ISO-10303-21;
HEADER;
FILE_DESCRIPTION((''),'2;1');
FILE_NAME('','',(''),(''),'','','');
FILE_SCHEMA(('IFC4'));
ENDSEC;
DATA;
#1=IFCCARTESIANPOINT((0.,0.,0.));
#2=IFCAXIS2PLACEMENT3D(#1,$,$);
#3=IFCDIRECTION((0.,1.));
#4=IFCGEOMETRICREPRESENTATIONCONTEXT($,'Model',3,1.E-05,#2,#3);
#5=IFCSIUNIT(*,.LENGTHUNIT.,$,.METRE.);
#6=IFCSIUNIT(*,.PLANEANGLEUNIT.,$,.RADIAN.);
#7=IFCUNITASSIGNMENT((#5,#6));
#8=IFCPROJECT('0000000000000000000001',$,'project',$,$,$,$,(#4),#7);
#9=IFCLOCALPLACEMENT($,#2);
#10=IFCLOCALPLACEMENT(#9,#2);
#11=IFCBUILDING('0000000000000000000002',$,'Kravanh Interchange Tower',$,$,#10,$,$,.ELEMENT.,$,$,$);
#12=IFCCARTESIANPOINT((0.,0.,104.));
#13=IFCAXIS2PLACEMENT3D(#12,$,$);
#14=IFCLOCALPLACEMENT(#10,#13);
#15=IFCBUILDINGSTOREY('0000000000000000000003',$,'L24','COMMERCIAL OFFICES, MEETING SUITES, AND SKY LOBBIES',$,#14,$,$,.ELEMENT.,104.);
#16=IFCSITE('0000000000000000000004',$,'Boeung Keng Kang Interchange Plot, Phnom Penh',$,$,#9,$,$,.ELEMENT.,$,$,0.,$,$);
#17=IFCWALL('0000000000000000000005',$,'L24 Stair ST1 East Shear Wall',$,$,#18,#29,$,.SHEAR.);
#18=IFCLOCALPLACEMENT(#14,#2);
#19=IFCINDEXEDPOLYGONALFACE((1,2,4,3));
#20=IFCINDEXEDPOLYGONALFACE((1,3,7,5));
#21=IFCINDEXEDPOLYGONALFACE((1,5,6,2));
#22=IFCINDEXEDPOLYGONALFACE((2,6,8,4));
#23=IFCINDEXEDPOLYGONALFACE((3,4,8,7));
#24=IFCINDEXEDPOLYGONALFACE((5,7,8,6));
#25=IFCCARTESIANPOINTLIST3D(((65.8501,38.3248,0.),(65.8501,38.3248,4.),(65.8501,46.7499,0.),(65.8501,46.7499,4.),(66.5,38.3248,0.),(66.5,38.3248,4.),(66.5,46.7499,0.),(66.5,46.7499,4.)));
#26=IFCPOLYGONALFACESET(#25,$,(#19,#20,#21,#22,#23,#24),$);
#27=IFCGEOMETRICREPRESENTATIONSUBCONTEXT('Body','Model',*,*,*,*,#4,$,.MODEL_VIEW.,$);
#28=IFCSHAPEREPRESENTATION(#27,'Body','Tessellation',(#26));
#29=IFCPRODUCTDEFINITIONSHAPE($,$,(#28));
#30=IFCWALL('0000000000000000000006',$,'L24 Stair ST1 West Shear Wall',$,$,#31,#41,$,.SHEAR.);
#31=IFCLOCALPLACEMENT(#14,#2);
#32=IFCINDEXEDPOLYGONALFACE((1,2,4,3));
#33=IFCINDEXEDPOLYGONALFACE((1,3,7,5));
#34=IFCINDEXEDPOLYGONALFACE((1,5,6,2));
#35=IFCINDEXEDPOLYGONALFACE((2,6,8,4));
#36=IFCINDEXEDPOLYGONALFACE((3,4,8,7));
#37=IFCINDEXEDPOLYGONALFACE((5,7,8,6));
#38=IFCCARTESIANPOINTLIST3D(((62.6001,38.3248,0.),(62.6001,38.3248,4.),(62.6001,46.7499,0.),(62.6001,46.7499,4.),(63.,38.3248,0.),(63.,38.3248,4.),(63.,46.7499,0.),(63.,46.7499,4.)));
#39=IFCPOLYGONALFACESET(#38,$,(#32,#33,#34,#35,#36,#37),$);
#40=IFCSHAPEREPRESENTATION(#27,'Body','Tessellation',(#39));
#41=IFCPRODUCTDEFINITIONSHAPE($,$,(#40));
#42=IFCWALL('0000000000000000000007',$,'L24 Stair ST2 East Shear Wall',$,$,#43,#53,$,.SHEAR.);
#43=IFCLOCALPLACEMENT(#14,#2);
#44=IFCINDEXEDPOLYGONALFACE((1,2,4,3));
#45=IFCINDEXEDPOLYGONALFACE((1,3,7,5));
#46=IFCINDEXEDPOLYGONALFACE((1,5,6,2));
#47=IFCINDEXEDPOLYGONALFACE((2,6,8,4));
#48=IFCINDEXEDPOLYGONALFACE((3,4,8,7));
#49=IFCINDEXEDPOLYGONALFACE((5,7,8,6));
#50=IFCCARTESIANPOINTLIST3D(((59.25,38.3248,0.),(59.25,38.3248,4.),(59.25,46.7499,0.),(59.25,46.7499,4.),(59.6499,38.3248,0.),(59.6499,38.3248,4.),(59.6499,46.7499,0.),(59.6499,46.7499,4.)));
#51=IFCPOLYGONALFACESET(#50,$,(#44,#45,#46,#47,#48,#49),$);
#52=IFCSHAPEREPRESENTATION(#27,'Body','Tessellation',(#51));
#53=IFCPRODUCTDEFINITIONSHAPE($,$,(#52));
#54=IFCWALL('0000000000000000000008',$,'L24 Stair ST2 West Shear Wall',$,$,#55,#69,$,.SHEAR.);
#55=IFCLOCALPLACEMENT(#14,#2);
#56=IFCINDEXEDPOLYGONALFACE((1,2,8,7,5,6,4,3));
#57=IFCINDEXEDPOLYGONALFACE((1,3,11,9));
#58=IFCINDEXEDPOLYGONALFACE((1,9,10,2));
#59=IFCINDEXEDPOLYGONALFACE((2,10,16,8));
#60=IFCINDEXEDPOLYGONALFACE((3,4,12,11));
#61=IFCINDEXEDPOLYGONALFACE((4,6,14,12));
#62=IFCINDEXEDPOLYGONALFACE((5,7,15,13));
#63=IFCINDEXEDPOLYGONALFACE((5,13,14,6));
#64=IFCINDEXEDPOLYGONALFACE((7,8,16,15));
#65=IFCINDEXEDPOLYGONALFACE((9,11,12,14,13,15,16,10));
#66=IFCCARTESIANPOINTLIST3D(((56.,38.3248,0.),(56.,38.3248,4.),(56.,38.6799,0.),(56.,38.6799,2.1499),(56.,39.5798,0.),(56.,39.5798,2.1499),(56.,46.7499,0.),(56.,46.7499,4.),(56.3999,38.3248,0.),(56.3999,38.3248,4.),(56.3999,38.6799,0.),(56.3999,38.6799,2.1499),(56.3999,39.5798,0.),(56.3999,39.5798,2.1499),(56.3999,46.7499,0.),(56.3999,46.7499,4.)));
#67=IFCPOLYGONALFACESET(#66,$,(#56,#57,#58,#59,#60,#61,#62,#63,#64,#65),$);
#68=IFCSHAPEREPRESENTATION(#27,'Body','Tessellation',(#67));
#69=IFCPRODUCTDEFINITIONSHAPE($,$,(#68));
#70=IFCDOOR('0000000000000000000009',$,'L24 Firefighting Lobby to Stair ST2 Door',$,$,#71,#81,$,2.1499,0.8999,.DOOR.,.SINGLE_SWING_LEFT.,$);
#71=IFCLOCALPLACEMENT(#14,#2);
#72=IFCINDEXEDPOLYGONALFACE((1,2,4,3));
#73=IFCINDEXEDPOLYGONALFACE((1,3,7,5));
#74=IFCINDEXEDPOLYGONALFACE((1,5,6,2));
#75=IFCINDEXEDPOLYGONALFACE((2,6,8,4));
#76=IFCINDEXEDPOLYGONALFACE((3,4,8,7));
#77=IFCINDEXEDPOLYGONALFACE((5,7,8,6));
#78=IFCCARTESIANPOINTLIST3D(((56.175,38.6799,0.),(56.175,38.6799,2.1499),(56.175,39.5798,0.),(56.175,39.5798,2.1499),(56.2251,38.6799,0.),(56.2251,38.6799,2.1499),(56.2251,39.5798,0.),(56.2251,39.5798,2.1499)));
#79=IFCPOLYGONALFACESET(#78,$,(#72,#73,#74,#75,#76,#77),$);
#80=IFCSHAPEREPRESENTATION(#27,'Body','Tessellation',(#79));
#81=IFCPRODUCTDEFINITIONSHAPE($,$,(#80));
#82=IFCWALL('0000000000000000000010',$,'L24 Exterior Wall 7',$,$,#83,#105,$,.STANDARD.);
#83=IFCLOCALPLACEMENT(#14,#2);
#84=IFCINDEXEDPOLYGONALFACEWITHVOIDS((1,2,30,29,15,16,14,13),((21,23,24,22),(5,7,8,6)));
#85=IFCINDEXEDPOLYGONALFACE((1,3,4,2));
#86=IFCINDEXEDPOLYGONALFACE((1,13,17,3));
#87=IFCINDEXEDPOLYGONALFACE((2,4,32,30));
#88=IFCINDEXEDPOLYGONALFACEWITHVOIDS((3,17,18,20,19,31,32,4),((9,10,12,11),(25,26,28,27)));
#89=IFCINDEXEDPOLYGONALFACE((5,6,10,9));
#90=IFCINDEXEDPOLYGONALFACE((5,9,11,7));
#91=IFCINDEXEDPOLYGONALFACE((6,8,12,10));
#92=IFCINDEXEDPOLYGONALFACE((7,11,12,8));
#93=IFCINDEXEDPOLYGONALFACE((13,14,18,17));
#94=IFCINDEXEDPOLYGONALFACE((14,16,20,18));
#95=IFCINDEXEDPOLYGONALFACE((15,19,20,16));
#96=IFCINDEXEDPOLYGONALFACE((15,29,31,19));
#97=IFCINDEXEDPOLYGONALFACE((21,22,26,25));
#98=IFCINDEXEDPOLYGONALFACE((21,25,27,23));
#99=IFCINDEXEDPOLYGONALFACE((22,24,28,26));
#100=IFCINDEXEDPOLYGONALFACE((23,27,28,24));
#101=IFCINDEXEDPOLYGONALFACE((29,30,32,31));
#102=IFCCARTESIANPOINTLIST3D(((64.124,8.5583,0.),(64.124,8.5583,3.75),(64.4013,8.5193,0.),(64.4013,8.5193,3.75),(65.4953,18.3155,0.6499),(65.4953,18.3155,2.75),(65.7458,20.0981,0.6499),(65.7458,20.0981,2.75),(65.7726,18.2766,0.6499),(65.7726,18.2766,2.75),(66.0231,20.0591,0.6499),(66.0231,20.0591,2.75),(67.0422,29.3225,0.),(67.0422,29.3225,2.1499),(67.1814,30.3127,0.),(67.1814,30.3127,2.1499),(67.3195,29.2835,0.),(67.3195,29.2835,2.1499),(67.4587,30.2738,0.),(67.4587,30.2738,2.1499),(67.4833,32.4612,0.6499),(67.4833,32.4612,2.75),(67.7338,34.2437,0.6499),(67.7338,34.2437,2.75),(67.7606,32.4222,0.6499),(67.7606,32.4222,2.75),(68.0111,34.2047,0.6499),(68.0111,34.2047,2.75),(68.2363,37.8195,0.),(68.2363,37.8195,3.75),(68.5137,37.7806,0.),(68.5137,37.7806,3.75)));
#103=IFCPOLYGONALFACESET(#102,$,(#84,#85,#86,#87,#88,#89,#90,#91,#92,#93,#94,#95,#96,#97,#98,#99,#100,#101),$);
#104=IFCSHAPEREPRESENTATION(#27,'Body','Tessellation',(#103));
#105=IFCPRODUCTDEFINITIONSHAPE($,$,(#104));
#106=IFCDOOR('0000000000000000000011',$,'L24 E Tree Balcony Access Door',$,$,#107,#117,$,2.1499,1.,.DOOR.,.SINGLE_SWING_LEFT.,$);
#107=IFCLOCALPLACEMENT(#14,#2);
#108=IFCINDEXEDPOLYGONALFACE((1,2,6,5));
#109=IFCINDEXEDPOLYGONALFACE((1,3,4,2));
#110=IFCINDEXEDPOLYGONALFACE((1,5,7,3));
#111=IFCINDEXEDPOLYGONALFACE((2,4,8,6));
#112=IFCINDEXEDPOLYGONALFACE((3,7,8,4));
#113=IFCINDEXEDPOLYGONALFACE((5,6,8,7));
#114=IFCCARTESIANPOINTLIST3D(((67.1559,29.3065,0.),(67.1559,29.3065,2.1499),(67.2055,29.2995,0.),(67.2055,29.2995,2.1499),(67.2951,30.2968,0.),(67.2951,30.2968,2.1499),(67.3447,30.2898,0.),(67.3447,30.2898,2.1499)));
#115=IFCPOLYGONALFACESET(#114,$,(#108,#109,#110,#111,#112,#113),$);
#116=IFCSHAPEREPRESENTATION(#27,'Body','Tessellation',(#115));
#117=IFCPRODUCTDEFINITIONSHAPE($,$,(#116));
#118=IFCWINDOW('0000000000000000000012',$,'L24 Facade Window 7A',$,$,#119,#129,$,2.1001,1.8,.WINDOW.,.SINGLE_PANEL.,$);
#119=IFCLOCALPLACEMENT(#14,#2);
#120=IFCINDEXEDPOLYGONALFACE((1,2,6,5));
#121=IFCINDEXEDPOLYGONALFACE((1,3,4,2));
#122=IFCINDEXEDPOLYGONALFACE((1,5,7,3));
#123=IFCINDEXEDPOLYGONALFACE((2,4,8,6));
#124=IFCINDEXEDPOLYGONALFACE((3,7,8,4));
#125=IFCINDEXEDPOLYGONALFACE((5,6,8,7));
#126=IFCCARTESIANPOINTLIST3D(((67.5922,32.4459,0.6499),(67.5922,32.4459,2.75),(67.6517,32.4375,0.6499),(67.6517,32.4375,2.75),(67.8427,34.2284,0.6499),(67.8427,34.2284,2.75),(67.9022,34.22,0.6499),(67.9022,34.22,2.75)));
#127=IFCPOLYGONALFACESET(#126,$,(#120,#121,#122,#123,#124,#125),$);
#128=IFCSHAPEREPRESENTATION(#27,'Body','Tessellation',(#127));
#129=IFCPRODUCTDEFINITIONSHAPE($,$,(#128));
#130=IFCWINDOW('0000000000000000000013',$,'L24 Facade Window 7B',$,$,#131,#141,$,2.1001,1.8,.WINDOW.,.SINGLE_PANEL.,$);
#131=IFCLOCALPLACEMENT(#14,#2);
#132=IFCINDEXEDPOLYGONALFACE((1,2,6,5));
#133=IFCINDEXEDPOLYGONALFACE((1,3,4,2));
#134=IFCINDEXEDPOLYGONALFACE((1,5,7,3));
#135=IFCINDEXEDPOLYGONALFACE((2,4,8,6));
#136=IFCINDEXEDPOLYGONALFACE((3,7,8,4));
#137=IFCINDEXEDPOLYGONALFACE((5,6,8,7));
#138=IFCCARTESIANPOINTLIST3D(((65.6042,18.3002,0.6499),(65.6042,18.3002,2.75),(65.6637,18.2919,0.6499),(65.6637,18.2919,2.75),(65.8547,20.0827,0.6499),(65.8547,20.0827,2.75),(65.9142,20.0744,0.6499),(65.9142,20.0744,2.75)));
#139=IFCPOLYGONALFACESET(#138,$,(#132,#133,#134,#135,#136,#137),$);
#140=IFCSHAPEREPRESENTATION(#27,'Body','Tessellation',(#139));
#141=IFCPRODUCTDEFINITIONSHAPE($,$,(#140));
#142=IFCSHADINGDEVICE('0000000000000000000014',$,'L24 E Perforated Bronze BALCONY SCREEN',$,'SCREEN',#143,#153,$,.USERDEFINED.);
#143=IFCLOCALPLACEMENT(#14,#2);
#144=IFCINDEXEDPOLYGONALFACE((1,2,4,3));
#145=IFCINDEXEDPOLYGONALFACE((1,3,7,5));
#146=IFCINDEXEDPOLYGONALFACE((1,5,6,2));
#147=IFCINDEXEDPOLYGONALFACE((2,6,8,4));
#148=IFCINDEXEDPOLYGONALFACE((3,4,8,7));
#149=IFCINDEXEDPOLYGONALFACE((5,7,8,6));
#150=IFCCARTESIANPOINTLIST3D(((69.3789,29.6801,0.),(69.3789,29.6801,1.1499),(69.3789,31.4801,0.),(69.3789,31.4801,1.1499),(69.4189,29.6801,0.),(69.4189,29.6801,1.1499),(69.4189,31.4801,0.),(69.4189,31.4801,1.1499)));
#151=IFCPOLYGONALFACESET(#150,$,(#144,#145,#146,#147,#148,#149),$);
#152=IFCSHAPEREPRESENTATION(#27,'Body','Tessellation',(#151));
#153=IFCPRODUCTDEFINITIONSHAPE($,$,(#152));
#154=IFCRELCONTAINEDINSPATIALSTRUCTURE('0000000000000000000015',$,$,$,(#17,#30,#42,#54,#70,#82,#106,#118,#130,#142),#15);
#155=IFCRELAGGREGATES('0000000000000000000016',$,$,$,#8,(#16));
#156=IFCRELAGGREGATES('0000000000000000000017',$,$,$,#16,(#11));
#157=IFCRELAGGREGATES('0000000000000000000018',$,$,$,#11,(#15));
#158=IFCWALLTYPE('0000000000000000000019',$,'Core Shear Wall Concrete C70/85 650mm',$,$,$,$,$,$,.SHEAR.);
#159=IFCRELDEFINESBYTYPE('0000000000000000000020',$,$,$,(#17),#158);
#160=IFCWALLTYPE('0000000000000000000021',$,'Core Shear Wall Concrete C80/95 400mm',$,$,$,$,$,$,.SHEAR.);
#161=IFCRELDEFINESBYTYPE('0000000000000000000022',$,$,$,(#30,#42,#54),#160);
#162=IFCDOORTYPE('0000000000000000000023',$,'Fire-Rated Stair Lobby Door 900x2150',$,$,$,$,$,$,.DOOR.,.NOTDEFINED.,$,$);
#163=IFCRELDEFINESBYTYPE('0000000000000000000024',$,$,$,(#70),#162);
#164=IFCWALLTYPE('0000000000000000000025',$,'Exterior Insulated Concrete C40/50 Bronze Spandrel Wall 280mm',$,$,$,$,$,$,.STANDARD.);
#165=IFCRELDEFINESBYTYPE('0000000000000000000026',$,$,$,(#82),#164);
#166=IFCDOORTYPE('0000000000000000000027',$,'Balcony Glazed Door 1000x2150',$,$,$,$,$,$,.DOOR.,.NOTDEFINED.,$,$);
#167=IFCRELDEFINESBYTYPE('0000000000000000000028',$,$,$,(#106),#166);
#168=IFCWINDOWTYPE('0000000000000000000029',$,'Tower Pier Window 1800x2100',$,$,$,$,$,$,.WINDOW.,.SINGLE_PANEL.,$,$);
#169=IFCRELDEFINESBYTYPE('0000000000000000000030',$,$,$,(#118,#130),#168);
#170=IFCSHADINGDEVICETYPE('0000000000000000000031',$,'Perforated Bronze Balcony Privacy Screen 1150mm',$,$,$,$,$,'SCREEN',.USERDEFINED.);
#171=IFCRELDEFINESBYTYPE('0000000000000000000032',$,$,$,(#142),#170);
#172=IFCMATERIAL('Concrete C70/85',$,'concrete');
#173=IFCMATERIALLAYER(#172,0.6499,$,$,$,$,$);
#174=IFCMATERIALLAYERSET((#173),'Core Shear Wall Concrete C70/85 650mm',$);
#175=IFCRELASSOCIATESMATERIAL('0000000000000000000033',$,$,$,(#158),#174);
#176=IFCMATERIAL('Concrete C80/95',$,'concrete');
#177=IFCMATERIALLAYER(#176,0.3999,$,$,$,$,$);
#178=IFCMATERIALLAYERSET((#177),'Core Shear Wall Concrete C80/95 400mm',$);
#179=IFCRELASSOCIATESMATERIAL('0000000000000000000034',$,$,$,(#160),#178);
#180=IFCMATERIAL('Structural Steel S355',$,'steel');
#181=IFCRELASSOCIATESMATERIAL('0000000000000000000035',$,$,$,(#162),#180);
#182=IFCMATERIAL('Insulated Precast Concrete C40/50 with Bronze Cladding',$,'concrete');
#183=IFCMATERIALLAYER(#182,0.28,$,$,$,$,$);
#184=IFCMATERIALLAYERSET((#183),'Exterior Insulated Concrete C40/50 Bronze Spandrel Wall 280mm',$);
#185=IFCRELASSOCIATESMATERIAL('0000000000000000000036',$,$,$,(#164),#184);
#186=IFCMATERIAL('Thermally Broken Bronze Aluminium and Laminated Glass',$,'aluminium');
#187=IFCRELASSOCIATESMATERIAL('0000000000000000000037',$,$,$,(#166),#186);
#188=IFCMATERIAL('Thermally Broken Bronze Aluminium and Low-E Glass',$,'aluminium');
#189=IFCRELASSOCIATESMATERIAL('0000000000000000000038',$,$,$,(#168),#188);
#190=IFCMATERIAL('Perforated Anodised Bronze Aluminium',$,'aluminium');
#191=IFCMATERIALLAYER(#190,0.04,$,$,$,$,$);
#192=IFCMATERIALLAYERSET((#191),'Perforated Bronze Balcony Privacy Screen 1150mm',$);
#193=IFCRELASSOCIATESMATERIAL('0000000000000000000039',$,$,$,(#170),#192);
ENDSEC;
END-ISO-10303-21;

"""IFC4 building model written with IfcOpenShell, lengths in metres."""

from ifc_helpers import new_model, si_unit, direction, frame, frame_2d, origin, origin_2d, place, context, subcontext, project, spatial, rectangle, extrude, material, layer, layer_set, type_object, element, fill, save


model = new_model("IFC4")

# Units and contexts
model_context = context("Model", 3, precision=1e-05, world=origin(), true_north=direction((0.0, 1.0)))
body_context = subcontext(model_context, "Body", "Model", "MODEL_VIEW")
ifc_project = project(units=[si_unit("LENGTHUNIT", "METRE"), si_unit("PLANEANGLEUNIT", "RADIAN")], contexts=[model_context])

# Site, building, storey
site_placement = place(None, origin())
site = spatial("IfcSite", under=ifc_project, at=site_placement, Name="Boeung Keng Kang Interchange Plot, Phnom Penh", CompositionType="ELEMENT", RefElevation=0.0)
building_placement = place(site_placement, origin())
building = spatial("IfcBuilding", under=site, at=building_placement, Name="Kravanh Interchange Tower", CompositionType="ELEMENT")
storey_placement = place(building_placement, frame((0.0, 0.0, 104.0)))
storey = spatial("IfcBuildingStorey", under=building, at=storey_placement, Name="L24", Description="COMMERCIAL OFFICES, MEETING SUITES, AND SKY LOBBIES", CompositionType="ELEMENT", Elevation=104.0)

# Walls
ifc_material_1 = material(Name="Concrete C70/85", Category="concrete")
ifc_layer_1 = layer(ifc_material_1, 0.6499)
ifc_layer_set_1 = layer_set([ifc_layer_1], Name="Core Shear Wall Concrete C70/85 650mm")
wall_type_1 = type_object("IfcWallType", Name="Core Shear Wall Concrete C70/85 650mm", PredefinedType="SHEAR", material=ifc_layer_set_1)
wall_1_placement = place(storey_placement, frame((66.175, 38.325, 0.0), z_axis=(0.0, 0.0, 1.0), x_axis=(0.0, 1.0, 0.0)))
element("IfcWall", 1, at=wall_1_placement, inside=storey, type_object=wall_type_1, Name="L24 Stair ST1 East Shear Wall", PredefinedType="SHEAR", context=body_context, shape_type="SweptSolid", body=[
    extrude(rectangle(XDim=8.425, YDim=0.6499, at=frame_2d((4.2124, 0.0))), origin(), (0.0, 0.0, 1.0), 4.0),
])
ifc_material_2 = material(Name="Concrete C80/95", Category="concrete")
ifc_layer_2 = layer(ifc_material_2, 0.3999)
ifc_layer_set_2 = layer_set([ifc_layer_2], Name="Core Shear Wall Concrete C80/95 400mm")
wall_type_2 = type_object("IfcWallType", Name="Core Shear Wall Concrete C80/95 400mm", PredefinedType="SHEAR", material=ifc_layer_set_2)
for number, where, z_axis, x_axis, name in (
    (2, (62.8, 38.325, 0.0), (0.0, 0.0, 1.0), (0.0, 1.0, 0.0), "L24 Stair ST1 West Shear Wall"),
    (3, (59.45, 38.325, 0.0), (0.0, 0.0, 1.0), (0.0, 1.0, 0.0), "L24 Stair ST2 East Shear Wall"),
):
    element("IfcWall", number, at=place(storey_placement, frame(where, z_axis=z_axis, x_axis=x_axis)), inside=storey, type_object=wall_type_2, Name=name, PredefinedType="SHEAR", context=body_context, shape_type="SweptSolid", body=[
        extrude(rectangle(XDim=8.425, YDim=0.3999, at=frame_2d((4.2124, 0.0))), origin(), (0.0, 0.0, 1.0), 4.0),
    ])

# Wall, opening, door
wall_2_placement = place(storey_placement, frame((56.2, 38.325, 0.0), z_axis=(0.0, 0.0, 1.0), x_axis=(0.0, 1.0, 0.0)))
wall_2 = element("IfcWall", 4, at=wall_2_placement, inside=storey, type_object=wall_type_2, Name="L24 Stair ST2 West Shear Wall", PredefinedType="SHEAR", context=body_context, shape_type="SweptSolid", body=[
    extrude(rectangle(XDim=8.425, YDim=0.3999, at=frame_2d((4.2124, 0.0))), origin(), (0.0, 0.0, 1.0), 4.0),
])
opening_1_placement = place(wall_2_placement, frame((0.355, 0.0, 0.0)))
opening_1 = element("IfcOpeningElement", 5, at=opening_1_placement, cuts=wall_2, PredefinedType="OPENING", context=body_context, shape_type="SweptSolid", body=[
    extrude(rectangle(XDim=0.8999, YDim=2.1499, at=frame_2d((0.45, 1.075))), frame((0.0, 0.21, 0.0), z_axis=(0.0, -1.0, 0.0), x_axis=(1.0, 0.0, 0.0)), (0.0, 0.0, 1.0), 0.4199),
])
ifc_material_3 = material(Name="Structural Steel S355", Category="steel")
door_type_1 = type_object("IfcDoorType", Name="Fire-Rated Stair Lobby Door 900x2150", OperationType="NOTDEFINED", PredefinedType="DOOR", material=ifc_material_3)
door_1_placement = place(opening_1_placement, origin())
door_1 = element("IfcDoor", 6, at=door_1_placement, inside=storey, type_object=door_type_1, Name="L24 Firefighting Lobby to Stair ST2 Door", OperationType="SINGLE_SWING_LEFT", OverallHeight=2.1499, OverallWidth=0.8999, PredefinedType="DOOR", context=body_context, shape_type="SweptSolid", body=[
    extrude(rectangle(XDim=0.8999, YDim=2.1499, at=frame_2d((0.45, 1.075))), frame((0.0, 0.0249, 0.0), z_axis=(0.0, -1.0, 0.0), x_axis=(1.0, 0.0, 0.0)), (0.0, 0.0, 1.0), 0.05),
])
fill(opening_1, door_1)

# Wall, openings, door, windows
ifc_material_4 = material(Name="Insulated Precast Concrete C40/50 with Bronze Cladding", Category="concrete")
ifc_layer_3 = layer(ifc_material_4, 0.28)
ifc_layer_set_3 = layer_set([ifc_layer_3], Name="Exterior Insulated Concrete C40/50 Bronze Spandrel Wall 280mm")
wall_type_3 = type_object("IfcWallType", Name="Exterior Insulated Concrete C40/50 Bronze Spandrel Wall 280mm", PredefinedType="STANDARD", material=ifc_layer_set_3)
wall_3_placement = place(storey_placement, frame((68.375, 37.8, 0.0), z_axis=(0.0, 0.0, 1.0), x_axis=(-0.13917, -0.990269, 0.0)))
wall_3 = element("IfcWall", 7, at=wall_3_placement, inside=storey, type_object=wall_type_3, Name="L24 Exterior Wall 7", PredefinedType="STANDARD", context=body_context, shape_type="SweptSolid", body=[
    extrude(rectangle(XDim=29.5488, YDim=0.28, at=frame_2d((14.7744, 0.0))), origin(), (0.0, 0.0, 1.0), 3.75),
])
opening_2_placement = place(wall_3_placement, frame((7.5806, 0.0, 0.0)))
opening_2 = element("IfcOpeningElement", 8, at=opening_2_placement, cuts=wall_3, PredefinedType="OPENING", context=body_context, shape_type="SweptSolid", body=[
    extrude(rectangle(XDim=1.0, YDim=2.1499, at=frame_2d((0.5, 1.075))), frame((0.0, 0.1499, 0.0), z_axis=(0.0, -1.0, 0.0), x_axis=(1.0, 0.0, 0.0)), (0.0, 0.0, 1.0), 0.3),
])
opening_3_placement = place(wall_3_placement, frame((3.6111, 0.0, 0.6499)))
opening_3 = element("IfcOpeningElement", 9, at=opening_3_placement, cuts=wall_3, PredefinedType="OPENING", context=body_context, shape_type="SweptSolid", body=[
    extrude(rectangle(XDim=1.8, YDim=2.1001, at=frame_2d((0.8999, 1.05))), frame((0.0, 0.1499, 0.0), z_axis=(0.0, -1.0, 0.0), x_axis=(1.0, 0.0, 0.0)), (0.0, 0.0, 1.0), 0.3),
])
opening_4_placement = place(wall_3_placement, frame((17.8958, 0.0, 0.6499)))
opening_4 = element("IfcOpeningElement", 10, at=opening_4_placement, cuts=wall_3, PredefinedType="OPENING", context=body_context, shape_type="SweptSolid", body=[
    extrude(rectangle(XDim=1.8, YDim=2.1001, at=frame_2d((0.8999, 1.05))), frame((0.0, 0.1499, 0.0), z_axis=(0.0, -1.0, 0.0), x_axis=(1.0, 0.0, 0.0)), (0.0, 0.0, 1.0), 0.3),
])
ifc_material_5 = material(Name="Thermally Broken Bronze Aluminium and Laminated Glass", Category="aluminium")
door_type_2 = type_object("IfcDoorType", Name="Balcony Glazed Door 1000x2150", OperationType="NOTDEFINED", PredefinedType="DOOR", material=ifc_material_5)
door_2_placement = place(opening_2_placement, origin())
door_2 = element("IfcDoor", 11, at=door_2_placement, inside=storey, type_object=door_type_2, Name="L24 E Tree Balcony Access Door", OperationType="SINGLE_SWING_LEFT", OverallHeight=2.1499, OverallWidth=1.0, PredefinedType="DOOR", context=body_context, shape_type="SweptSolid", body=[
    extrude(rectangle(XDim=1.0, YDim=2.1499, at=frame_2d((0.5, 1.075))), frame((0.0, 0.0249, 0.0), z_axis=(0.0, -1.0, 0.0), x_axis=(1.0, 0.0, 0.0)), (0.0, 0.0, 1.0), 0.05),
])
fill(opening_2, door_2)
ifc_material_6 = material(Name="Thermally Broken Bronze Aluminium and Low-E Glass", Category="aluminium")
window_type = type_object("IfcWindowType", Name="Tower Pier Window 1800x2100", PartitioningType="SINGLE_PANEL", PredefinedType="WINDOW", material=ifc_material_6)
window_1_placement = place(opening_3_placement, origin())
window_1 = element("IfcWindow", 12, at=window_1_placement, inside=storey, type_object=window_type, Name="L24 Facade Window 7A", OverallHeight=2.1001, OverallWidth=1.8, PartitioningType="SINGLE_PANEL", PredefinedType="WINDOW", context=body_context, shape_type="SweptSolid", body=[
    extrude(rectangle(XDim=1.8, YDim=2.1001, at=frame_2d((0.8999, 1.05))), frame((0.0, 0.03, 0.0), z_axis=(0.0, -1.0, 0.0), x_axis=(1.0, 0.0, 0.0)), (0.0, 0.0, 1.0), 0.0601),
])
fill(opening_3, window_1)
window_2_placement = place(opening_4_placement, origin())
window_2 = element("IfcWindow", 13, at=window_2_placement, inside=storey, type_object=window_type, Name="L24 Facade Window 7B", OverallHeight=2.1001, OverallWidth=1.8, PartitioningType="SINGLE_PANEL", PredefinedType="WINDOW", context=body_context, shape_type="SweptSolid", body=[
    extrude(rectangle(XDim=1.8, YDim=2.1001, at=frame_2d((0.8999, 1.05))), frame((0.0, 0.03, 0.0), z_axis=(0.0, -1.0, 0.0), x_axis=(1.0, 0.0, 0.0)), (0.0, 0.0, 1.0), 0.0601),
])
fill(opening_4, window_2)

# Shading device
ifc_material_7 = material(Name="Perforated Anodised Bronze Aluminium", Category="aluminium")
ifc_layer_4 = layer(ifc_material_7, 0.04)
ifc_layer_set_4 = layer_set([ifc_layer_4], Name="Perforated Bronze Balcony Privacy Screen 1150mm")
shading_device_type = type_object("IfcShadingDeviceType", Name="Perforated Bronze Balcony Privacy Screen 1150mm", ElementType="SCREEN", PredefinedType="USERDEFINED", material=ifc_layer_set_4)
shading_device_placement = place(storey_placement, frame((69.3989, 30.5801, 0.0), z_axis=(0.0, 0.0, 1.0), x_axis=(1.0, 0.0, 0.0)))
element("IfcShadingDevice", 14, at=shading_device_placement, inside=storey, type_object=shading_device_type, Name="L24 E Perforated Bronze BALCONY SCREEN", ObjectType="SCREEN", PredefinedType="USERDEFINED", context=body_context, shape_type="SweptSolid", body=[
    extrude(rectangle(XDim=0.04, YDim=1.8, at=origin_2d()), origin(), (0.0, 0.0, 1.0), 1.1499),
])

save(model, "model.ifc")
